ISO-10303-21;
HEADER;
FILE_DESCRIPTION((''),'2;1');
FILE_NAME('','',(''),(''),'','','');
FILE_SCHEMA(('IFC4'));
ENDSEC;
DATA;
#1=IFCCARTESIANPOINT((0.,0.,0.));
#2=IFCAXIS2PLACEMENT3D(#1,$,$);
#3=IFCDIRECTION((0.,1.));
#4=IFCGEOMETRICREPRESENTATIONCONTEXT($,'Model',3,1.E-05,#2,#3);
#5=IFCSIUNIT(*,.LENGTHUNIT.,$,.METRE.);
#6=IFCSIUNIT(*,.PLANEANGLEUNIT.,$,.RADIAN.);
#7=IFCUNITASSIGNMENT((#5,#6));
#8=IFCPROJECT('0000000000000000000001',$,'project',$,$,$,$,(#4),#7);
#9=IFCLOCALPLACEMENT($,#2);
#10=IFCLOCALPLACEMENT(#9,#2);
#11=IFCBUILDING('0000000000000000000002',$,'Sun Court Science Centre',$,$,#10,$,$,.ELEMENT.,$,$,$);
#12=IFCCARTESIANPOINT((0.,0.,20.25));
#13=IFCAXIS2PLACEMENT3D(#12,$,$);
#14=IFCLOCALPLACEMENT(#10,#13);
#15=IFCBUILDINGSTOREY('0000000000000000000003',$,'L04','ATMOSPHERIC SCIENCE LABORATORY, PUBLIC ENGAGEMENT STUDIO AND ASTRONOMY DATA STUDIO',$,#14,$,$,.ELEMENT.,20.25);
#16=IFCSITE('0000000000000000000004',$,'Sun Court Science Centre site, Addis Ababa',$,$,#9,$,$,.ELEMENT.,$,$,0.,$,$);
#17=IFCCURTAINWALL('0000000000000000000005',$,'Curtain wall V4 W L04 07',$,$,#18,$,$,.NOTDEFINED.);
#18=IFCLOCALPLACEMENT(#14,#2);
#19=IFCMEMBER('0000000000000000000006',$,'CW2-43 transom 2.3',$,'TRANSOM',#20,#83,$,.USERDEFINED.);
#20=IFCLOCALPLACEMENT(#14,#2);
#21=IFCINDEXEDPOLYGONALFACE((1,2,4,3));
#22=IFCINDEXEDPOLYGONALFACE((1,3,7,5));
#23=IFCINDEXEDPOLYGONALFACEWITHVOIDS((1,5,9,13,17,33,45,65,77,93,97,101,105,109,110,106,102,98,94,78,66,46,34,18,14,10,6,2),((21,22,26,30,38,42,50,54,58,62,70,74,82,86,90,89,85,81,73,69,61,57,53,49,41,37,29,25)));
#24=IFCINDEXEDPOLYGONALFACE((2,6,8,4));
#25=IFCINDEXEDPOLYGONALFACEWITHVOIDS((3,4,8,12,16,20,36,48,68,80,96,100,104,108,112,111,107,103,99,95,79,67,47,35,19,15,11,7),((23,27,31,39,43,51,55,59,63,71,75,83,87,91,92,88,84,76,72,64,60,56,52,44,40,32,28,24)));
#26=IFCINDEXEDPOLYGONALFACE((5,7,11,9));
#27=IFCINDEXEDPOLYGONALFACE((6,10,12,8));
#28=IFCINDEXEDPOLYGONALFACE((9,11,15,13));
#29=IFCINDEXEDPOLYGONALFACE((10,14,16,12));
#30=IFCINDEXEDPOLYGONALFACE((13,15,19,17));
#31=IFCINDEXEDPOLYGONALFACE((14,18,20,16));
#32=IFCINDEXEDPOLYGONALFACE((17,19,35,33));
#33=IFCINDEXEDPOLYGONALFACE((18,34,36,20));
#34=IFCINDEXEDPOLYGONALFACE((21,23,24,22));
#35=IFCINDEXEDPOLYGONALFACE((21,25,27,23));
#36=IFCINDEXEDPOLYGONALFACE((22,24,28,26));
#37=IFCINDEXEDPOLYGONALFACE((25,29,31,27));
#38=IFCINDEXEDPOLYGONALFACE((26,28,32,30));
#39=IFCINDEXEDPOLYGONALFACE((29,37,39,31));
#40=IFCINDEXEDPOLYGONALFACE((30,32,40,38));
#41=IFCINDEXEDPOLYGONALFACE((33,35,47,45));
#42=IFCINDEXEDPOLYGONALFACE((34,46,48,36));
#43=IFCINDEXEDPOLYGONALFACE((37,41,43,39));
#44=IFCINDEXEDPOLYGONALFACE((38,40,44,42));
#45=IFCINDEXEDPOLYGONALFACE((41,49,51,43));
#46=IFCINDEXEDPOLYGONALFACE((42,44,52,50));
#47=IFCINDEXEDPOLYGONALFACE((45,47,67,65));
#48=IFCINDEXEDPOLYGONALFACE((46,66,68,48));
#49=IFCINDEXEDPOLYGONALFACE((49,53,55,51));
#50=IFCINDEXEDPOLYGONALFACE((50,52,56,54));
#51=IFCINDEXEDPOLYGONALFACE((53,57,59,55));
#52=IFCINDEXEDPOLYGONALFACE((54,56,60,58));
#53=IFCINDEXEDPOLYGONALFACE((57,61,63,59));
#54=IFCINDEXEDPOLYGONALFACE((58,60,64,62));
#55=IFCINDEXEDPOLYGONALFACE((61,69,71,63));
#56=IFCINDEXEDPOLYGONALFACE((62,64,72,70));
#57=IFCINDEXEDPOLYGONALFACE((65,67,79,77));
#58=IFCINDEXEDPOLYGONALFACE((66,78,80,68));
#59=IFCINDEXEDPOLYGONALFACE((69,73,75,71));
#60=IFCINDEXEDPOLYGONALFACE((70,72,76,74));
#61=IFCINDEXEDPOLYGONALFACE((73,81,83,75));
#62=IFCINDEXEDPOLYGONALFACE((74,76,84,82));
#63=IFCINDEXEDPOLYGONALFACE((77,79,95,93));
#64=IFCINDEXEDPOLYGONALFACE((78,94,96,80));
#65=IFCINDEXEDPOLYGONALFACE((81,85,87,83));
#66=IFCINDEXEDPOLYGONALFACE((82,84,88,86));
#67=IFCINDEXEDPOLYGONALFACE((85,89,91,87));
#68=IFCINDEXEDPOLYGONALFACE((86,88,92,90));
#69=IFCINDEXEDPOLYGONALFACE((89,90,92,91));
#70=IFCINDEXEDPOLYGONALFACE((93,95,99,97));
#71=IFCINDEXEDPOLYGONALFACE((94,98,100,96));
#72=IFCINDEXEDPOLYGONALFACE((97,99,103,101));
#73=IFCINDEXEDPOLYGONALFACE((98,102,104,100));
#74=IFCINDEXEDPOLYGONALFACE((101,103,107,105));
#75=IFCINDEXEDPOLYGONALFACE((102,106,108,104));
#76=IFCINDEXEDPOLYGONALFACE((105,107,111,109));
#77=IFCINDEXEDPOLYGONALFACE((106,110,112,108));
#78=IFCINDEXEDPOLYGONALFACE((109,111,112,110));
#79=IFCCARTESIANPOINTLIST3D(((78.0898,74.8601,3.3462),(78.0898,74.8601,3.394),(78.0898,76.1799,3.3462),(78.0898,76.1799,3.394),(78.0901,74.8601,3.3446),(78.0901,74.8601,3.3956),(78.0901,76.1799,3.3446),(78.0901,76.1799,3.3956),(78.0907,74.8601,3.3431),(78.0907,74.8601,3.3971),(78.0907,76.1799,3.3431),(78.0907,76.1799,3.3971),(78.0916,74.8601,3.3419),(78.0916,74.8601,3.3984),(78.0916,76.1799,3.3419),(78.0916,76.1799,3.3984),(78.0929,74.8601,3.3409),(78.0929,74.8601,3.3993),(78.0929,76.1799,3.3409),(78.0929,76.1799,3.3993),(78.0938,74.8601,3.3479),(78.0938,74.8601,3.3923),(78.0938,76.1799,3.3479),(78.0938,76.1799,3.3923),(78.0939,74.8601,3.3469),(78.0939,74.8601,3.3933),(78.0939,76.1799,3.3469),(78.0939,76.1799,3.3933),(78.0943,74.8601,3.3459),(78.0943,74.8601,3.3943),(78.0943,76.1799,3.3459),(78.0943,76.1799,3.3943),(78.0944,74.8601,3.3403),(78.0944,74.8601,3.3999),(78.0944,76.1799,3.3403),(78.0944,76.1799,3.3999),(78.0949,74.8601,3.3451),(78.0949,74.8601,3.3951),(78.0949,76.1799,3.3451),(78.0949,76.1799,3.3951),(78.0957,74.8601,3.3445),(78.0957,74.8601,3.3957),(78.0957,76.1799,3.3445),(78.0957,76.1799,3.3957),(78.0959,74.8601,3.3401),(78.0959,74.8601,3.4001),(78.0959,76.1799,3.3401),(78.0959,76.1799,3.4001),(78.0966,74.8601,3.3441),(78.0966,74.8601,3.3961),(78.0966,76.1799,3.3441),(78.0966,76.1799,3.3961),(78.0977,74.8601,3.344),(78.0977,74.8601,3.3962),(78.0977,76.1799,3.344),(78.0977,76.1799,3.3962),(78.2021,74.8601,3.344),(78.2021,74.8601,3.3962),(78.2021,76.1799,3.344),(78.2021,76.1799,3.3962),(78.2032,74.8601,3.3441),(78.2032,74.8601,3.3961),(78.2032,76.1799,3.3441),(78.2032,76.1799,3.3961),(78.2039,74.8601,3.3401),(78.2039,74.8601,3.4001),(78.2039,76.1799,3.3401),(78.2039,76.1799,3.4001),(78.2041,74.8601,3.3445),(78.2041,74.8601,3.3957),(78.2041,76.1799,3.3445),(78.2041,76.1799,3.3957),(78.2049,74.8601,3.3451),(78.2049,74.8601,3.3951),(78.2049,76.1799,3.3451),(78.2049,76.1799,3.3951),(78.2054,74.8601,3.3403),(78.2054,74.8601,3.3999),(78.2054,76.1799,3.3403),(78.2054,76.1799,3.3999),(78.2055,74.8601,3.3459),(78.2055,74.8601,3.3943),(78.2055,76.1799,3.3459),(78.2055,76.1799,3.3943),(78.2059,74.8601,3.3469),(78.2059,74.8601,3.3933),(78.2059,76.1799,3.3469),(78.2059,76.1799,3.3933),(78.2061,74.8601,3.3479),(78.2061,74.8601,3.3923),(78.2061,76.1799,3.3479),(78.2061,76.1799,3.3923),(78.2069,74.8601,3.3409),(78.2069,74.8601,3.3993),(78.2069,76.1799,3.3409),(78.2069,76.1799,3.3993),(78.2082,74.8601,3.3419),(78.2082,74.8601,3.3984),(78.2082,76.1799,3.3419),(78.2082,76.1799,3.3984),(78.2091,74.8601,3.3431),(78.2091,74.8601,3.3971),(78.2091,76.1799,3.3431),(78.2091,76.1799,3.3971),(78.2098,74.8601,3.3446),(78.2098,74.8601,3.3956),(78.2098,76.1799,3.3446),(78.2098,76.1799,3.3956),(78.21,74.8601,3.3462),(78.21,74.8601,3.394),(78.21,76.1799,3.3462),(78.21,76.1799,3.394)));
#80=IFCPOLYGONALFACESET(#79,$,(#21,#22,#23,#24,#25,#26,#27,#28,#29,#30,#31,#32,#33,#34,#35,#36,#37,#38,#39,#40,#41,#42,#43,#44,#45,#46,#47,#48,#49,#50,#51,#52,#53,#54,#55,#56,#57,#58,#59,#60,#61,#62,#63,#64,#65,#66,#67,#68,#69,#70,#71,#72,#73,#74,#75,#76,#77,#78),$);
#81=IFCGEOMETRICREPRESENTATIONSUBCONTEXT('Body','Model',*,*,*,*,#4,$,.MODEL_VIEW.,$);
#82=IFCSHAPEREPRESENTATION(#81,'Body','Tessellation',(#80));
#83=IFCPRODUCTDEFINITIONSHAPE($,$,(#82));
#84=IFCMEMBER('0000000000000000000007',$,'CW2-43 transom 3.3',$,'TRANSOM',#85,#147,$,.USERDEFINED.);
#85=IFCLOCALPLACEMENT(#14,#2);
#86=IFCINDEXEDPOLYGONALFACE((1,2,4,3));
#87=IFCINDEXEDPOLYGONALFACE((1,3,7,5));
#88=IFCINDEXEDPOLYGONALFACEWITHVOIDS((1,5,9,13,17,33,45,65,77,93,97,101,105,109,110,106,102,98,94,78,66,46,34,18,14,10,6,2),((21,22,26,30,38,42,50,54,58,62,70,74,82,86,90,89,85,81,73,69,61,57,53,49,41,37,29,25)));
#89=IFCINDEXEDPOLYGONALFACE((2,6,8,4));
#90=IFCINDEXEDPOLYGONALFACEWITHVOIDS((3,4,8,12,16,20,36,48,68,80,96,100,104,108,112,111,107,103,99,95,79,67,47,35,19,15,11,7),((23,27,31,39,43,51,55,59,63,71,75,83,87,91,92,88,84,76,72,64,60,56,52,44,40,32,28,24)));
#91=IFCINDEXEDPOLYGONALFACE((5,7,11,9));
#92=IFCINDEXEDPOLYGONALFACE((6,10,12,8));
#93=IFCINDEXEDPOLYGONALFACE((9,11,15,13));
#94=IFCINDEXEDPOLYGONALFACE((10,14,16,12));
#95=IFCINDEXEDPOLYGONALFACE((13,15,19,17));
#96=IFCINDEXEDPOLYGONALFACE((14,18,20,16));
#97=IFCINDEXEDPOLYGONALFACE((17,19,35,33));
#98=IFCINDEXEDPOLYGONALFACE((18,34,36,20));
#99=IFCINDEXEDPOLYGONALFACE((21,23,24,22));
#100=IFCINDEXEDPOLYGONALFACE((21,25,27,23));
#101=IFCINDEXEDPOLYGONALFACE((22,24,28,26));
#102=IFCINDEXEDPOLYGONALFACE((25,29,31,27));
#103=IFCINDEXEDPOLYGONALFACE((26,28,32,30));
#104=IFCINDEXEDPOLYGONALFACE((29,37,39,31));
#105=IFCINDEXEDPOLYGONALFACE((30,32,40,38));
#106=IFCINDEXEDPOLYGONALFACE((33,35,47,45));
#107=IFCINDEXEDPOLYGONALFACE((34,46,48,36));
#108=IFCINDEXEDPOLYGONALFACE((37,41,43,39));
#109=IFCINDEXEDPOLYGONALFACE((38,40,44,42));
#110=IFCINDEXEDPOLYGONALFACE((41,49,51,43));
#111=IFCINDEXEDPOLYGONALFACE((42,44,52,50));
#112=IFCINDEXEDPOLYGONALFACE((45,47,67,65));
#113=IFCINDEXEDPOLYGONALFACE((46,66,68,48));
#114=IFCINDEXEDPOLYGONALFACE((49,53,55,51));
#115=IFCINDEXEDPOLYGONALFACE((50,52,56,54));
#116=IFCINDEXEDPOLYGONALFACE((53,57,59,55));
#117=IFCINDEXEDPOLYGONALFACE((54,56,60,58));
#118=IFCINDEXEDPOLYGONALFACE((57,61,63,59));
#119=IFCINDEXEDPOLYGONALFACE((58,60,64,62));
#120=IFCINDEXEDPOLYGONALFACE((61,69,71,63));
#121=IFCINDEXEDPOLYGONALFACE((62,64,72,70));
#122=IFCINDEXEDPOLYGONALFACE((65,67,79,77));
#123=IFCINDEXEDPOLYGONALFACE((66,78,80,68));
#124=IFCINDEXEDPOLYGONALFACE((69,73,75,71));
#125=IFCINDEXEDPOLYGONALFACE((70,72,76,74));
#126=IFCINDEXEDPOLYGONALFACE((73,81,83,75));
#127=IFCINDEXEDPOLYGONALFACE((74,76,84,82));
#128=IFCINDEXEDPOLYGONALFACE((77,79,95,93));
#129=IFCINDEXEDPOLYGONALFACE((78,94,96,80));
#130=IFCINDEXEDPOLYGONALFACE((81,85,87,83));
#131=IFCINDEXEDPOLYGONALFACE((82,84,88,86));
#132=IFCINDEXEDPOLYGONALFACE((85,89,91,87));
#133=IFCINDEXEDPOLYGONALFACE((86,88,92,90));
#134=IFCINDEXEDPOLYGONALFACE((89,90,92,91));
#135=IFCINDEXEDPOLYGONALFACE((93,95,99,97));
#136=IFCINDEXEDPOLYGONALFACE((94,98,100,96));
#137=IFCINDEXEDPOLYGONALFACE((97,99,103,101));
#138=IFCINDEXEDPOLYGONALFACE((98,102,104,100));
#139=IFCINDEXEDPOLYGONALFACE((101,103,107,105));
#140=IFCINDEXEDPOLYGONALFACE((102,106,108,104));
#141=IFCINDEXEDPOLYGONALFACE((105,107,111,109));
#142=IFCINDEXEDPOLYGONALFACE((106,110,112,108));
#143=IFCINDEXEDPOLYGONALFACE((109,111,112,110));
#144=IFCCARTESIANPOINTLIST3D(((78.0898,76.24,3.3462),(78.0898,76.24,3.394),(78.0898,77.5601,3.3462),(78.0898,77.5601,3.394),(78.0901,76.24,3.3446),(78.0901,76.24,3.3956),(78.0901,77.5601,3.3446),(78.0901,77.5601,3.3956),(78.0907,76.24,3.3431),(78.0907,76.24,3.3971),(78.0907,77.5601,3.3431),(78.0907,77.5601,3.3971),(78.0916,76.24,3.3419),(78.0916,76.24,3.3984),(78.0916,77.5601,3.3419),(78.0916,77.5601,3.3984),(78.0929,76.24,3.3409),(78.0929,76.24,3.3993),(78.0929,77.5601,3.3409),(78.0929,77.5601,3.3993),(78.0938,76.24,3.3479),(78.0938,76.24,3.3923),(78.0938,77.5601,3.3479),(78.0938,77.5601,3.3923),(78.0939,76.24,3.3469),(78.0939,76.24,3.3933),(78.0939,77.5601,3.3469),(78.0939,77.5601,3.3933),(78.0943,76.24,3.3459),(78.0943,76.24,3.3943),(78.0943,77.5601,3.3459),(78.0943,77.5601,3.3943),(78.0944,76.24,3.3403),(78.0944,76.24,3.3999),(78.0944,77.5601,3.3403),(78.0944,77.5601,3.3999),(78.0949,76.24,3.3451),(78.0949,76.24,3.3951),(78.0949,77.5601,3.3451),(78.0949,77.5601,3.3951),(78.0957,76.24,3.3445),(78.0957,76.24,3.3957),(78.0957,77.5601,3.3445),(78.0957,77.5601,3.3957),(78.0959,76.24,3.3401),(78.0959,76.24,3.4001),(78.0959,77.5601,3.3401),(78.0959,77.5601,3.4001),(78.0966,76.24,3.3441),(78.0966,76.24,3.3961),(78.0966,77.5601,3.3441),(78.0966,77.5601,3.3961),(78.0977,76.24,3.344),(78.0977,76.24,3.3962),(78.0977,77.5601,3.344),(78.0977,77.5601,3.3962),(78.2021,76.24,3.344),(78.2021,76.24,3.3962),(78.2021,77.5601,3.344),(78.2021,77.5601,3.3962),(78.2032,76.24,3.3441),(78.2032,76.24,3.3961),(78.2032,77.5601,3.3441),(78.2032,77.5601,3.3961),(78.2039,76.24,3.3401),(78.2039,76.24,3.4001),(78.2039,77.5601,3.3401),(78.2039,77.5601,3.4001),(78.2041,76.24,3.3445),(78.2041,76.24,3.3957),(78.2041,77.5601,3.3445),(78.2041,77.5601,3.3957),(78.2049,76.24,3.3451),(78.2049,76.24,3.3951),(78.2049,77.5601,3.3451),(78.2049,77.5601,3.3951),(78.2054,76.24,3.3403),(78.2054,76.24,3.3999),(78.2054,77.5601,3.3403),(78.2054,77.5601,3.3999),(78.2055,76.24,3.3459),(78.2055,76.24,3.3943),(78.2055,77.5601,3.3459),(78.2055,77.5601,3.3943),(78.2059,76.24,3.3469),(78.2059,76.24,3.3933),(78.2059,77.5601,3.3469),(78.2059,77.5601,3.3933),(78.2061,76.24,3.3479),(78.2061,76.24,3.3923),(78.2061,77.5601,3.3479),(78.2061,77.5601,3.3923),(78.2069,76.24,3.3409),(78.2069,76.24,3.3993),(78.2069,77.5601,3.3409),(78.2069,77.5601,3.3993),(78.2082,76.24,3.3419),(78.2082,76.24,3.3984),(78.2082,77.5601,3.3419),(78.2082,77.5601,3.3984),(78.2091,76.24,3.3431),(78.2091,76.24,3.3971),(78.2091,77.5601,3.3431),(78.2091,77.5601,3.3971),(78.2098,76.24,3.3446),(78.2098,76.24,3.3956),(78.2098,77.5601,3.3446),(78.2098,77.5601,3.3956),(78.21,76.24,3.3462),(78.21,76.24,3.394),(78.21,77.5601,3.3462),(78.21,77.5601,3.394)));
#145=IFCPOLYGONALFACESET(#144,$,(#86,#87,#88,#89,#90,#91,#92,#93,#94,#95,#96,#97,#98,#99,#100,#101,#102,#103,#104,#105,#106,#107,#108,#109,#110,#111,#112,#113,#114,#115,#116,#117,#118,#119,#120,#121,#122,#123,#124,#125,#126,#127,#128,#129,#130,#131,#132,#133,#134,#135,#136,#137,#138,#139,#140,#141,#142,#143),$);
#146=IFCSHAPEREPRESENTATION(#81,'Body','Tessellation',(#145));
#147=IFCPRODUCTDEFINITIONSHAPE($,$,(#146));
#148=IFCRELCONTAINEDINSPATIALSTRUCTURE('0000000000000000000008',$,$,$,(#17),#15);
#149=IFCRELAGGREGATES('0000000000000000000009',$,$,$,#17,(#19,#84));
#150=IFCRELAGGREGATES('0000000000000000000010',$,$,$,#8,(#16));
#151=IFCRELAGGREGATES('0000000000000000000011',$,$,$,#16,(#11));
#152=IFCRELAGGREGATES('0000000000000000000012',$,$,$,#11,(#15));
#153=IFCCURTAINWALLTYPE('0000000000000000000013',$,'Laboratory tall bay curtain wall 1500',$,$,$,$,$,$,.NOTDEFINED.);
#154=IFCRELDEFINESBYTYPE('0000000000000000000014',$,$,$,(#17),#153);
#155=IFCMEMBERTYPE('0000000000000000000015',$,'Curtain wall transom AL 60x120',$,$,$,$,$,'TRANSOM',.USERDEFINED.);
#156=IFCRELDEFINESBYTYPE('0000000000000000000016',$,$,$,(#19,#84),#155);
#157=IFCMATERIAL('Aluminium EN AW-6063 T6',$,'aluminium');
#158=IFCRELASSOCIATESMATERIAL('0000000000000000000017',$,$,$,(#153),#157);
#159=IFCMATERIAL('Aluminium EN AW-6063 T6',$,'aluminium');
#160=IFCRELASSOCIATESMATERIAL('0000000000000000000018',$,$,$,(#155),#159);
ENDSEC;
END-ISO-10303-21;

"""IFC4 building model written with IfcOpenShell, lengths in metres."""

from ifc_helpers import new_model, si_unit, direction, frame, origin, origin_2d, place, context, subcontext, project, spatial, hollow_rectangle, extrude, material, material_profile, profile_set, type_object, element, aggregate, save


model = new_model("IFC4")

# Units and contexts
model_context = context("Model", 3, precision=1e-05, world=origin(), true_north=direction((0.0, 1.0)))
body_context = subcontext(model_context, "Body", "Model", "MODEL_VIEW")
ifc_project = project(units=[si_unit("LENGTHUNIT", "METRE"), si_unit("PLANEANGLEUNIT", "RADIAN")], contexts=[model_context])

# Site, building, storey
site_placement = place(None, origin())
site = spatial("IfcSite", under=ifc_project, at=site_placement, Name="Sun Court Science Centre site, Addis Ababa", CompositionType="ELEMENT", RefElevation=0.0)
building_placement = place(site_placement, origin())
building = spatial("IfcBuilding", under=site, at=building_placement, Name="Sun Court Science Centre", CompositionType="ELEMENT")
storey_placement = place(building_placement, frame((0.0, 0.0, 20.25)))
storey = spatial("IfcBuildingStorey", under=building, at=storey_placement, Name="L04", Description="ATMOSPHERIC SCIENCE LABORATORY, PUBLIC ENGAGEMENT STUDIO AND ASTRONOMY DATA STUDIO", CompositionType="ELEMENT", Elevation=20.25)

# Curtain wall
ifc_material_1 = material(Name="Aluminium EN AW-6063 T6", Category="aluminium")
curtain_wall_type = type_object("IfcCurtainWallType", Name="Laboratory tall bay curtain wall 1500", PredefinedType="NOTDEFINED", material=ifc_material_1)
curtain_wall_1_placement = place(storey_placement, origin())
curtain_wall_1 = element("IfcCurtainWall", 1, at=curtain_wall_1_placement, inside=storey, type_object=curtain_wall_type, Name="Curtain wall V4 W L04 07", PredefinedType="NOTDEFINED")

# Members
ifc_material_2 = material(Name="Aluminium EN AW-6063 T6", Category="aluminium")
ifc_material_profile_1 = material_profile(ifc_material_2, hollow_rectangle(XDim=0.0601, YDim=0.1201, WallThickness=0.0039, InnerFilletRadius=0.0039, OuterFilletRadius=0.0061, at=origin_2d()), Name="AL 60x120x4")
ifc_profile_set_1 = profile_set([ifc_material_profile_1], Name="Aluminium EN AW-6063 T6")
member_type_1 = type_object("IfcMemberType", Name="Curtain wall transom AL 60x120", ElementType="TRANSOM", PredefinedType="USERDEFINED", material=ifc_profile_set_1)
member_1_placement = place(storey_placement, frame((78.1499, 74.8601, 3.3701), z_axis=(0.0, 1.0, 0.0), x_axis=(0.0, 0.0, 1.0)))
member_1 = element("IfcMember", 2, at=member_1_placement, type_object=member_type_1, Name="CW2-43 transom 2.3", ObjectType="TRANSOM", PredefinedType="USERDEFINED", context=body_context, shape_type="SweptSolid", body=[
    extrude(hollow_rectangle(XDim=0.0601, YDim=0.1201, WallThickness=0.0039, InnerFilletRadius=0.0039, OuterFilletRadius=0.0061, at=origin_2d()), origin(), (0.0, 0.0, 1.0), 1.3198),
])
member_2_placement = place(storey_placement, frame((78.1499, 76.24, 3.3701), z_axis=(0.0, 1.0, 0.0), x_axis=(0.0, 0.0, 1.0)))
member_2 = element("IfcMember", 3, at=member_2_placement, type_object=member_type_1, Name="CW2-43 transom 3.3", ObjectType="TRANSOM", PredefinedType="USERDEFINED", context=body_context, shape_type="SweptSolid", body=[
    extrude(hollow_rectangle(XDim=0.0601, YDim=0.1201, WallThickness=0.0039, InnerFilletRadius=0.0039, OuterFilletRadius=0.0061, at=origin_2d()), origin(), (0.0, 0.0, 1.0), 1.3201),
])

aggregate(curtain_wall_1, [member_1, member_2])

save(model, "model.ifc")
